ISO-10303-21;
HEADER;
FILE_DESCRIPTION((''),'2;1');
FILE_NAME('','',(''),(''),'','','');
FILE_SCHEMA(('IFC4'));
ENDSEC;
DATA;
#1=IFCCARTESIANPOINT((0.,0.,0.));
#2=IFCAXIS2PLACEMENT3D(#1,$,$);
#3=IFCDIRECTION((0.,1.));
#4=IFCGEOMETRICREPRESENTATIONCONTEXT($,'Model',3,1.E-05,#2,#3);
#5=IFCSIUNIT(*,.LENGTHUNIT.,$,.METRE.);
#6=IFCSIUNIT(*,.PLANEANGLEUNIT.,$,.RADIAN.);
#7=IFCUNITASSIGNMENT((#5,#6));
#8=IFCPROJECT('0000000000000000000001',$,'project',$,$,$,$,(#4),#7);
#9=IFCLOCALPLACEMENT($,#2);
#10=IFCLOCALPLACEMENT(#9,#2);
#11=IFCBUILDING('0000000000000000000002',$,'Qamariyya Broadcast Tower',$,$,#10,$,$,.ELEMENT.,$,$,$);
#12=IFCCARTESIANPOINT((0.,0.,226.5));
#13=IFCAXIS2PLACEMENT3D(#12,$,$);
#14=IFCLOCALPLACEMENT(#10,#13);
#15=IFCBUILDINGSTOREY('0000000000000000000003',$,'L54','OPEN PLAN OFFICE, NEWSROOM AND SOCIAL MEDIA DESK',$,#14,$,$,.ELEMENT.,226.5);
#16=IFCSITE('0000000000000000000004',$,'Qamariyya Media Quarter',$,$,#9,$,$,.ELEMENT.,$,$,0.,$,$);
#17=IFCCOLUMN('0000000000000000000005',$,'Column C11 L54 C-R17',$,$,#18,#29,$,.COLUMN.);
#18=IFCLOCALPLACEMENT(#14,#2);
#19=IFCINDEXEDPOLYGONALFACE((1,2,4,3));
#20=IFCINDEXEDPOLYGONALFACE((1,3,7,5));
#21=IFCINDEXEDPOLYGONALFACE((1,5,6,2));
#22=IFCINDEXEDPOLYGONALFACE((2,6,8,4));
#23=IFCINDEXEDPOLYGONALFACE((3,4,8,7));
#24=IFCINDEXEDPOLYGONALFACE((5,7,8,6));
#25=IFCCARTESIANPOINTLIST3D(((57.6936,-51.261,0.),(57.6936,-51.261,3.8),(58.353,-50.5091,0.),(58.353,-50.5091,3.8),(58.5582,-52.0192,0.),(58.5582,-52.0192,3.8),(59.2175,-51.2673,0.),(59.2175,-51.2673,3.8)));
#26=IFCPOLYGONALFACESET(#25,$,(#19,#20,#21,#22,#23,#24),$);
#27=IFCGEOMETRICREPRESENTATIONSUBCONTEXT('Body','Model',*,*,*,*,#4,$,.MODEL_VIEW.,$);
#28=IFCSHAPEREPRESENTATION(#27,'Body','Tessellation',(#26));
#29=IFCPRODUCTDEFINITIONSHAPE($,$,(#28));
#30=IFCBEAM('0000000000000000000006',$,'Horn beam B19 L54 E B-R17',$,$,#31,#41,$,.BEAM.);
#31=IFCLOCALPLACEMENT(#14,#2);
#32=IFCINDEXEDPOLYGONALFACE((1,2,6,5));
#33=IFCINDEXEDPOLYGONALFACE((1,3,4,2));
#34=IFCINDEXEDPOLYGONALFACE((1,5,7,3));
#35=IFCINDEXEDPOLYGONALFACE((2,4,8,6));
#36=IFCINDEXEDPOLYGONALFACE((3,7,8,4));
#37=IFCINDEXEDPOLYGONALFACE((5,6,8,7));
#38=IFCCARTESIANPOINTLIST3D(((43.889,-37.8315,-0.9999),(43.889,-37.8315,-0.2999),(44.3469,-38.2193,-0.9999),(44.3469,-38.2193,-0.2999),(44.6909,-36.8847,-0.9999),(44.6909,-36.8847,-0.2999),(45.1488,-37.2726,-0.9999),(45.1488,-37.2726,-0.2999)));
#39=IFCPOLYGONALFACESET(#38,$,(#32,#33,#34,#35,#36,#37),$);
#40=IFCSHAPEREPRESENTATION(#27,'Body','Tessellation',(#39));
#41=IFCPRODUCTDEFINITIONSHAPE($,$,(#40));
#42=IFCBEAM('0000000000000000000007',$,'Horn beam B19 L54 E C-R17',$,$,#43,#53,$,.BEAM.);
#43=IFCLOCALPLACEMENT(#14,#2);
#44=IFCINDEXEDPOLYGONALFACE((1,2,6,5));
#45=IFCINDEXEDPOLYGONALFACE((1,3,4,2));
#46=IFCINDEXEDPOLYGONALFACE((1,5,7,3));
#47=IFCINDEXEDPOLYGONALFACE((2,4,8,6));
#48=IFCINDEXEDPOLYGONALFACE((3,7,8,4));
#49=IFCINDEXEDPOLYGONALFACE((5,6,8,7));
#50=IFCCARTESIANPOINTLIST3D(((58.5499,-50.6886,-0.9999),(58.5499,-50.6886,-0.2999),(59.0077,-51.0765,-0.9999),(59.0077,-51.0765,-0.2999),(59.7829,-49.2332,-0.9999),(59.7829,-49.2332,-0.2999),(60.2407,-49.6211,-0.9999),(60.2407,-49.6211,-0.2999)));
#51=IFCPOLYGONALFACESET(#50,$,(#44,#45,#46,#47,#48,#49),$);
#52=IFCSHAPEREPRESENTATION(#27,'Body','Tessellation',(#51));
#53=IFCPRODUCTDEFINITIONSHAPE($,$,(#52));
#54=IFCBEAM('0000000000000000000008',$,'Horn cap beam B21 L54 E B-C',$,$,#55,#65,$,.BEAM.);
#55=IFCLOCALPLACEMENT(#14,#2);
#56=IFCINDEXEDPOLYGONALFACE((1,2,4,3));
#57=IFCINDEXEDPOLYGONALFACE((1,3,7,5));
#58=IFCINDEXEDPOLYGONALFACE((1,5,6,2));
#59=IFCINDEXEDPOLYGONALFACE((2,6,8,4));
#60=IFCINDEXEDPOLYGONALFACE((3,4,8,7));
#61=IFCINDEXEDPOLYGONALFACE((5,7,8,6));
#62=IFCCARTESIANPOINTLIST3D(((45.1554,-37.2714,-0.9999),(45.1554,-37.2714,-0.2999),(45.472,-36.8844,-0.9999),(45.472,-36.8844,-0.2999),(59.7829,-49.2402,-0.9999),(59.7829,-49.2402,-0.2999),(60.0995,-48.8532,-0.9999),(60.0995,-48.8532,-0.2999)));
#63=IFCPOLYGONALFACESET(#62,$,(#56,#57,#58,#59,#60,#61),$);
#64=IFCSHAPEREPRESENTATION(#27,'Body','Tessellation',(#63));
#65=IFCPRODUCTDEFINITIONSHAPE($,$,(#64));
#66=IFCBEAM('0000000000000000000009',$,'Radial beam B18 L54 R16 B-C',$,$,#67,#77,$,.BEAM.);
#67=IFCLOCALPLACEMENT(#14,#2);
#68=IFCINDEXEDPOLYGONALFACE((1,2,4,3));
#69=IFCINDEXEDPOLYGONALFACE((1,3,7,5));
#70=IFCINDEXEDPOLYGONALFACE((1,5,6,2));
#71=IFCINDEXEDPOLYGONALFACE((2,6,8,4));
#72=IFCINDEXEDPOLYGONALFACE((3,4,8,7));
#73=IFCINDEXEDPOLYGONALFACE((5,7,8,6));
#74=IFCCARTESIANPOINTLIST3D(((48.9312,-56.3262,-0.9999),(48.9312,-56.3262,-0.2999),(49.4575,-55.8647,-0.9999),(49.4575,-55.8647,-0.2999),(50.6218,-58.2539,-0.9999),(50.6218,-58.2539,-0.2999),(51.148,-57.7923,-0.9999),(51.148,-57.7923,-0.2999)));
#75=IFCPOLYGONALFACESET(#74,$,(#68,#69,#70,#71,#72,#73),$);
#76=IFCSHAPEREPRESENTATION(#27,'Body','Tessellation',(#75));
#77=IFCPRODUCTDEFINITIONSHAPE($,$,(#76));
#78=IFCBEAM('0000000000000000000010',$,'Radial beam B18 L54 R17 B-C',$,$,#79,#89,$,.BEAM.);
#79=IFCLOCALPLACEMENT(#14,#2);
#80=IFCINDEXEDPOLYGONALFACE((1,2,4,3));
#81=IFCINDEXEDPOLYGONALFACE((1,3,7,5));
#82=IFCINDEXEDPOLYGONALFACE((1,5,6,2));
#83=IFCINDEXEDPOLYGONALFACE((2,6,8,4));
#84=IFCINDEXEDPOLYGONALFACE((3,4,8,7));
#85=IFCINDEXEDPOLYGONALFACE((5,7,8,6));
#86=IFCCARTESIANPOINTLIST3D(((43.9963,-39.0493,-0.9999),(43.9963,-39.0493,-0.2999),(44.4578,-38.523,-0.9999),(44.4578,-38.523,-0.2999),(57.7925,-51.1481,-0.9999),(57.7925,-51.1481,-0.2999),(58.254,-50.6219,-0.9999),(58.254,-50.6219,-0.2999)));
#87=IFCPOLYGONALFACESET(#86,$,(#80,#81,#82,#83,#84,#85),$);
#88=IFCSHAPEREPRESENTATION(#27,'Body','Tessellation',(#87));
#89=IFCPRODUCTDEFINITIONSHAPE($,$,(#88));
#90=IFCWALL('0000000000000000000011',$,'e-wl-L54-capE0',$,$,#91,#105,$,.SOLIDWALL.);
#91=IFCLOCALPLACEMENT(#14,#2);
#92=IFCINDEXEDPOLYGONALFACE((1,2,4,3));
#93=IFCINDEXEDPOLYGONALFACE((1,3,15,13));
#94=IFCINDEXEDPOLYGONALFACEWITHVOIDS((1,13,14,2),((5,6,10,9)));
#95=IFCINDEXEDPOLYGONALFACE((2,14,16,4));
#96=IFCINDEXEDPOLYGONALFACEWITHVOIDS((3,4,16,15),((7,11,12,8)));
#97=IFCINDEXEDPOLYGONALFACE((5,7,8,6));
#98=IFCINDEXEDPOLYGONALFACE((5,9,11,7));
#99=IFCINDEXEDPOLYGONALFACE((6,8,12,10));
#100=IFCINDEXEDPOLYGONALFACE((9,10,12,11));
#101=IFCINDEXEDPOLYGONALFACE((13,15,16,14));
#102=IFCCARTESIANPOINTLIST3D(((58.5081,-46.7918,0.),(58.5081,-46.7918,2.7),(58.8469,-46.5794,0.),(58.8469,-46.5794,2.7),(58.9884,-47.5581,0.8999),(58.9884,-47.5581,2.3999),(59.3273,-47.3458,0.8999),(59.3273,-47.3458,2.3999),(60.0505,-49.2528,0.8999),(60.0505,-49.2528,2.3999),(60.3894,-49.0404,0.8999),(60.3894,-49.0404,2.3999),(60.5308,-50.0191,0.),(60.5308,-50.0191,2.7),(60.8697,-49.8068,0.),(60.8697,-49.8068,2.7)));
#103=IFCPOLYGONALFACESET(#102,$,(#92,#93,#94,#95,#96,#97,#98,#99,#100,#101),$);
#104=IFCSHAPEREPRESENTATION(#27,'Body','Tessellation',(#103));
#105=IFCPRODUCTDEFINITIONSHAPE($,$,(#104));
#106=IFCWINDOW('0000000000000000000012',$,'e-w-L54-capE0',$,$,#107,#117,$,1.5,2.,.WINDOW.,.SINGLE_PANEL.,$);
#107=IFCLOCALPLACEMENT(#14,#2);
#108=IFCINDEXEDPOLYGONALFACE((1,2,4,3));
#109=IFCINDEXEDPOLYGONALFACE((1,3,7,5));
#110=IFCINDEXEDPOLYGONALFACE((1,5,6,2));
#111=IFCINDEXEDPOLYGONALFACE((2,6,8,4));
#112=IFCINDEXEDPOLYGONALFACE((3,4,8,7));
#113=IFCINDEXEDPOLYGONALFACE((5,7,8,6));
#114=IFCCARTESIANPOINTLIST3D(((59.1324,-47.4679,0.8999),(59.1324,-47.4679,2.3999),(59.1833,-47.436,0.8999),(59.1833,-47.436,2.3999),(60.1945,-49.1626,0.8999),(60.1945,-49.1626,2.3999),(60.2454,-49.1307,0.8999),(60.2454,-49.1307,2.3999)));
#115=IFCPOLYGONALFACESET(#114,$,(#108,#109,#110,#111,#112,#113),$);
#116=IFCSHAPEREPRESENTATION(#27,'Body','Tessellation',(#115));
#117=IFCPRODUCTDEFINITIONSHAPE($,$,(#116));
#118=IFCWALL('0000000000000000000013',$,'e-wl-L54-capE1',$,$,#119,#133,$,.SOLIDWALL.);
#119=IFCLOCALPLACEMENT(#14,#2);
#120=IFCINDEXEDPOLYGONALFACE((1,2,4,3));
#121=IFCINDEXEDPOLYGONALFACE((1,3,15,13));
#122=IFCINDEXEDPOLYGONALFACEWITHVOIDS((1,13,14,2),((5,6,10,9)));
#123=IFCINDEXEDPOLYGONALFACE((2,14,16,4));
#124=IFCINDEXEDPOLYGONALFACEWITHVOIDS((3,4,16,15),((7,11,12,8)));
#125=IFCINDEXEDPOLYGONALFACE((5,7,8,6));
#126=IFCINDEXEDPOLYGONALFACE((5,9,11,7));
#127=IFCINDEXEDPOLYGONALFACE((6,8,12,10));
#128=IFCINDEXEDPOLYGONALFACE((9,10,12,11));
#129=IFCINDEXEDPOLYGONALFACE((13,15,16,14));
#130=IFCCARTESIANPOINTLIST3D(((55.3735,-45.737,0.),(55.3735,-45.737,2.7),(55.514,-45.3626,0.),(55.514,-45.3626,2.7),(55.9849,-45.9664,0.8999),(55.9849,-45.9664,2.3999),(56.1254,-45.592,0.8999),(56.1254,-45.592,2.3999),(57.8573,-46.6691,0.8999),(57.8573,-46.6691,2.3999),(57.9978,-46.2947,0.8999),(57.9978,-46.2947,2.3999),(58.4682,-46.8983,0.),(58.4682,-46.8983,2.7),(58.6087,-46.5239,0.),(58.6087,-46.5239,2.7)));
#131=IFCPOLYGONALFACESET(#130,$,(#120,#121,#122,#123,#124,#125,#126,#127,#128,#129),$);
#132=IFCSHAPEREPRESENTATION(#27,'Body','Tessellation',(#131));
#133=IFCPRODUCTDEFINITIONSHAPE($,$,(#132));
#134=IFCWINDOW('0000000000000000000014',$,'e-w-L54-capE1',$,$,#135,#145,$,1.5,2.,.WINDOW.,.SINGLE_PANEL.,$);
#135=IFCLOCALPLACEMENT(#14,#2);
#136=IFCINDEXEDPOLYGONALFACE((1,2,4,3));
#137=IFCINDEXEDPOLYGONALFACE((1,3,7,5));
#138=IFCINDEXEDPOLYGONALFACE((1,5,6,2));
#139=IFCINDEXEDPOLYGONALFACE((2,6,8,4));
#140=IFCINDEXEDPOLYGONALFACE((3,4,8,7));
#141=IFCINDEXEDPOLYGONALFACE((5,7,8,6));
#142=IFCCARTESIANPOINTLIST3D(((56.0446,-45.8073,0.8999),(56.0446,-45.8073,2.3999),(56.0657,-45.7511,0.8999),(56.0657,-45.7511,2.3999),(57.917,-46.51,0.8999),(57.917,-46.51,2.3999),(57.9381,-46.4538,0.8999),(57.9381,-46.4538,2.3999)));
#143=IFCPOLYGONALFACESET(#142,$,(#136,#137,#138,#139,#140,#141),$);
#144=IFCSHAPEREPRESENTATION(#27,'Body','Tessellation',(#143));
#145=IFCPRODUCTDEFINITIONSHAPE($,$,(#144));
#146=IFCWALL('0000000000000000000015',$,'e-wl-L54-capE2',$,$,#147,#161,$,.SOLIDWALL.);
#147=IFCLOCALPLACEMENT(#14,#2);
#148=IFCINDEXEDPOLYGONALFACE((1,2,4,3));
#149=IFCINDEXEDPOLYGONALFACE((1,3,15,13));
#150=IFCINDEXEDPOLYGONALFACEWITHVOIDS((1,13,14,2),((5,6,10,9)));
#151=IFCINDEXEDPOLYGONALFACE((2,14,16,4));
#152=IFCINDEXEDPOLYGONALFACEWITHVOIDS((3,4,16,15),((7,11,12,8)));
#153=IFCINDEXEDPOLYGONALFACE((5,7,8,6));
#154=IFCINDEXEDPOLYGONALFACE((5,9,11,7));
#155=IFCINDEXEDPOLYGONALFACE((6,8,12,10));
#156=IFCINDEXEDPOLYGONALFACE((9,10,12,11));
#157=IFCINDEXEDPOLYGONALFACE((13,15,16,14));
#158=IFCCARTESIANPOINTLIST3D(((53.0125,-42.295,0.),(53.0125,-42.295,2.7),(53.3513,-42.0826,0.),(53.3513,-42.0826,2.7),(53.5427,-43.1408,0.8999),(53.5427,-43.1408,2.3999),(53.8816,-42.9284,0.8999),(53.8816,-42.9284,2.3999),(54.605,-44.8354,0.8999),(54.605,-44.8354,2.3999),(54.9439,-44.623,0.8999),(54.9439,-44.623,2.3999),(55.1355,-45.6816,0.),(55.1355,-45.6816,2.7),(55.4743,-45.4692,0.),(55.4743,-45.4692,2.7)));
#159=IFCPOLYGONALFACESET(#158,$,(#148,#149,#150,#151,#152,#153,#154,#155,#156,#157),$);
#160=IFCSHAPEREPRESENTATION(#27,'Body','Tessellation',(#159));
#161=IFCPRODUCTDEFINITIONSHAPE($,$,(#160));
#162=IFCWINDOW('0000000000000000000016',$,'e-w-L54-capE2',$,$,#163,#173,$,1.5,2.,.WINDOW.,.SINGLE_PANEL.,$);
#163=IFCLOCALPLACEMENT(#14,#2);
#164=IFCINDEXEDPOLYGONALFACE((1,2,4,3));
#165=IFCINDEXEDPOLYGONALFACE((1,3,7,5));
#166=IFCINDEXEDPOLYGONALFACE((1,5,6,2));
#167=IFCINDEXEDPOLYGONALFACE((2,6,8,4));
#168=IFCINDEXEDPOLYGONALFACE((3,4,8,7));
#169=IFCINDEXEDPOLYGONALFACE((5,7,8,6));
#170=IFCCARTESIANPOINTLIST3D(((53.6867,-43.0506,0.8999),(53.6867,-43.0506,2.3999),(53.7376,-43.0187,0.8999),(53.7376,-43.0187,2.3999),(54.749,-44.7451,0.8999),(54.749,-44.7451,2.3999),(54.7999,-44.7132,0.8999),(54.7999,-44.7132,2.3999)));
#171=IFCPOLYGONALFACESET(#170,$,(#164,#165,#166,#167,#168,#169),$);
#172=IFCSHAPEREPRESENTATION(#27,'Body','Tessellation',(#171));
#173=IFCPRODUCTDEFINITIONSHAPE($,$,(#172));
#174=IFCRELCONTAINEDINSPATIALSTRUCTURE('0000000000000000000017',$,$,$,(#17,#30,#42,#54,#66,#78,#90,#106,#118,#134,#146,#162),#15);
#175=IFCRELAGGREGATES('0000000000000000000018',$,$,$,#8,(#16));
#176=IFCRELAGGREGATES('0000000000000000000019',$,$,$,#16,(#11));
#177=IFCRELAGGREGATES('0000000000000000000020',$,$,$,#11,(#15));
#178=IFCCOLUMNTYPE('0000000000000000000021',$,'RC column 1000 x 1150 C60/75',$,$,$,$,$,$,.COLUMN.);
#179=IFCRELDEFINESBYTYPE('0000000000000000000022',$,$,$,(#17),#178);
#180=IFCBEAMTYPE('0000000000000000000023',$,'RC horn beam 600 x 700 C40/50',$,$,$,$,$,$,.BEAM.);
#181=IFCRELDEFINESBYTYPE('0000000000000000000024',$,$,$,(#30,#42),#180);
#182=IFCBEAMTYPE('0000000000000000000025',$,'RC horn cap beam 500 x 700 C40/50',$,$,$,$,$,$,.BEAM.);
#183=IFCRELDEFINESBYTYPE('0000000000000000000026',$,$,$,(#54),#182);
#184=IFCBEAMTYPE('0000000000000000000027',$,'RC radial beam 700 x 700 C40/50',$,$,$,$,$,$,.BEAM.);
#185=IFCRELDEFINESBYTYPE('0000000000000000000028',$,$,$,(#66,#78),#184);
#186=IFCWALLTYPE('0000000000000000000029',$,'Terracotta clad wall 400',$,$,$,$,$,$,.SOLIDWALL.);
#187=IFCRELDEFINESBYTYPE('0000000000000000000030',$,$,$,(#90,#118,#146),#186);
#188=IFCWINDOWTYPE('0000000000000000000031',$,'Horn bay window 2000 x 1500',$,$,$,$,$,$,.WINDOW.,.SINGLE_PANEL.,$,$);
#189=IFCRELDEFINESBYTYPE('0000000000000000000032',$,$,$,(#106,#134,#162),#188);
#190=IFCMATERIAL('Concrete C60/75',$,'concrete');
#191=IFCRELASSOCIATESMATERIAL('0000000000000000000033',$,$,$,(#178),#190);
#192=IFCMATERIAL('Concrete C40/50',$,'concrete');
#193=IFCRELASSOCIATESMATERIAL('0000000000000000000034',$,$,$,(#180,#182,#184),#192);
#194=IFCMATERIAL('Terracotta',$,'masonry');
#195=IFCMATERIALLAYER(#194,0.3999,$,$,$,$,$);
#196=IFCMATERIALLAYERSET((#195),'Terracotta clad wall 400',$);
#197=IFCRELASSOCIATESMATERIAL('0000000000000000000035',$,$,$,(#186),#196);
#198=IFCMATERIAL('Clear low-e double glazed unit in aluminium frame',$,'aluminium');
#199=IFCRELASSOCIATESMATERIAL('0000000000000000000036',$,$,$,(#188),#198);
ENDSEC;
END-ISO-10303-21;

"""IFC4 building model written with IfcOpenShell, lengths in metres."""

from ifc_helpers import new_model, si_unit, direction, frame, frame_2d, origin, origin_2d, place, context, subcontext, project, spatial, rectangle, extrude, material, layer, layer_set, material_profile, profile_set, type_object, element, fill, save


model = new_model("IFC4")

# Units and contexts
model_context = context("Model", 3, precision=1e-05, world=origin(), true_north=direction((0.0, 1.0)))
body_context = subcontext(model_context, "Body", "Model", "MODEL_VIEW")
ifc_project = project(units=[si_unit("LENGTHUNIT", "METRE"), si_unit("PLANEANGLEUNIT", "RADIAN")], contexts=[model_context])

# Site, building, storey
site_placement = place(None, origin())
site = spatial("IfcSite", under=ifc_project, at=site_placement, Name="Qamariyya Media Quarter", CompositionType="ELEMENT", RefElevation=0.0)
building_placement = place(site_placement, origin())
building = spatial("IfcBuilding", under=site, at=building_placement, Name="Qamariyya Broadcast Tower", CompositionType="ELEMENT")
storey_placement = place(building_placement, frame((0.0, 0.0, 226.5)))
storey = spatial("IfcBuildingStorey", under=building, at=storey_placement, Name="L54", Description="OPEN PLAN OFFICE, NEWSROOM AND SOCIAL MEDIA DESK", CompositionType="ELEMENT", Elevation=226.5)

# Column
ifc_material_1 = material(Name="Concrete C60/75", Category="concrete")
ifc_material_profile_1 = material_profile(ifc_material_1, rectangle(XDim=1.0, YDim=1.1499, at=origin_2d()))
ifc_profile_set_1 = profile_set([ifc_material_profile_1], Name="Concrete C60/75")
column_type = type_object("IfcColumnType", Name="RC column 1000 x 1150 C60/75", PredefinedType="COLUMN", material=ifc_profile_set_1)
column_placement = place(storey_placement, frame((58.4556, -51.2642, 0.0), z_axis=(0.0, 0.0, 1.0), x_axis=(0.659346, 0.75184, 0.0)))
element("IfcColumn", 1, at=column_placement, inside=storey, type_object=column_type, Name="Column C11 L54 C-R17", PredefinedType="COLUMN", context=body_context, shape_type="SweptSolid", body=[
    extrude(rectangle(XDim=1.0, YDim=1.1499, at=origin_2d()), origin(), (0.0, 0.0, 1.0), 3.8),
])

# Beams
ifc_material_2 = material(Name="Concrete C40/50", Category="concrete")
ifc_material_profile_2 = material_profile(ifc_material_2, rectangle(XDim=0.6001, YDim=0.7, at=origin_2d()))
ifc_profile_set_2 = profile_set([ifc_material_profile_2], Name="Concrete C40/50")
beam_type_1 = type_object("IfcBeamType", Name="RC horn beam 600 x 700 C40/50", PredefinedType="BEAM", material=ifc_profile_set_2)
beam_1_placement = place(storey_placement, frame((44.1179, -38.0254, -0.6499), z_axis=(0.646357, 0.763035, 0.0), x_axis=(-0.763035, 0.646357, 0.0)))
element("IfcBeam", 2, at=beam_1_placement, inside=storey, type_object=beam_type_1, Name="Horn beam B19 L54 E B-R17", PredefinedType="BEAM", context=body_context, shape_type="SweptSolid", body=[
    extrude(rectangle(XDim=0.6001, YDim=0.7, at=origin_2d()), origin(), (0.0, 0.0, 1.0), 1.2407),
])
beam_2_placement = place(storey_placement, frame((58.7788, -50.8826, -0.6499), z_axis=(0.646395, 0.763003, 0.0), x_axis=(-0.763003, 0.646395, 0.0)))
element("IfcBeam", 3, at=beam_2_placement, inside=storey, type_object=beam_type_1, Name="Horn beam B19 L54 E C-R17", PredefinedType="BEAM", context=body_context, shape_type="SweptSolid", body=[
    extrude(rectangle(XDim=0.6001, YDim=0.7, at=origin_2d()), origin(), (0.0, 0.0, 1.0), 1.9075),
])
ifc_material_profile_3 = material_profile(ifc_material_2, rectangle(XDim=0.5, YDim=0.7, at=origin_2d()))
ifc_profile_set_3 = profile_set([ifc_material_profile_3], Name="Concrete C40/50")
beam_type_2 = type_object("IfcBeamType", Name="RC horn cap beam 500 x 700 C40/50", PredefinedType="BEAM", material=ifc_profile_set_3)
beam_3_placement = place(storey_placement, frame((45.3137, -37.0779, -0.6499), z_axis=(0.773935, -0.633265, 0.0), x_axis=(0.633265, 0.773935, 0.0)))
element("IfcBeam", 4, at=beam_3_placement, inside=storey, type_object=beam_type_2, Name="Horn cap beam B21 L54 E B-C", PredefinedType="BEAM", context=body_context, shape_type="SweptSolid", body=[
    extrude(rectangle(XDim=0.5, YDim=0.7, at=origin_2d()), origin(), (0.0, 0.0, 1.0), 18.9001),
])
ifc_material_profile_4 = material_profile(ifc_material_2, rectangle(XDim=0.7, YDim=0.7, at=origin_2d()))
ifc_profile_set_4 = profile_set([ifc_material_profile_4], Name="Concrete C40/50")
beam_type_3 = type_object("IfcBeamType", Name="RC radial beam 700 x 700 C40/50", PredefinedType="BEAM", material=ifc_profile_set_4)
beam_4_placement = place(storey_placement, frame((49.1943, -56.0955, -0.6499), z_axis=(0.659367, -0.751821, 0.0), x_axis=(0.751821, 0.659367, 0.0)))
element("IfcBeam", 5, at=beam_4_placement, inside=storey, type_object=beam_type_3, Name="Radial beam B18 L54 R16 B-C", PredefinedType="BEAM", context=body_context, shape_type="SweptSolid", body=[
    extrude(rectangle(XDim=0.7, YDim=0.7, at=origin_2d()), origin(), (0.0, 0.0, 1.0), 2.564),
])
beam_5_placement = place(storey_placement, frame((44.2271, -38.7861, -0.6499), z_axis=(0.75184, -0.659345, 0.0), x_axis=(0.659345, 0.75184, 0.0)))
element("IfcBeam", 6, at=beam_5_placement, inside=storey, type_object=beam_type_3, Name="Radial beam B18 L54 R17 B-C", PredefinedType="BEAM", context=body_context, shape_type="SweptSolid", body=[
    extrude(rectangle(XDim=0.7, YDim=0.7, at=origin_2d()), origin(), (0.0, 0.0, 1.0), 18.3499),
])

# Walls, openings, windows
ifc_material_3 = material(Name="Terracotta", Category="masonry")
ifc_layer = layer(ifc_material_3, 0.3999)
ifc_layer_set = layer_set([ifc_layer], Name="Terracotta clad wall 400")
wall_type = type_object("IfcWallType", Name="Terracotta clad wall 400", PredefinedType="SOLIDWALL", material=ifc_layer_set)
wall_1_placement = place(storey_placement, frame((60.7002, -49.9128, 0.0), z_axis=(0.0, 0.0, 1.0), x_axis=(-0.531064, 0.847331, 0.0)))
wall_1 = element("IfcWall", 7, at=wall_1_placement, inside=storey, type_object=wall_type, Name="e-wl-L54-capE0", PredefinedType="SOLIDWALL", context=body_context, shape_type="SweptSolid", body=[
    extrude(rectangle(XDim=3.8088, YDim=0.3999, at=frame_2d((1.9043, 0.0))), origin(), (0.0, 0.0, 1.0), 2.7),
])
opening_1_placement = place(wall_1_placement, frame((0.9043, 0.0, 0.8999)))
opening_1 = element("IfcOpeningElement", 8, at=opening_1_placement, cuts=wall_1, PredefinedType="OPENING", context=body_context, shape_type="SweptSolid", body=[
    extrude(rectangle(XDim=2.0, YDim=1.5, at=frame_2d((1.0, 0.75))), frame((0.0, 0.21, 0.0), z_axis=(0.0, -1.0, 0.0), x_axis=(1.0, 0.0, 0.0)), (0.0, 0.0, 1.0), 0.4199),
])
ifc_material_4 = material(Name="Clear low-e double glazed unit in aluminium frame", Category="aluminium")
window_type = type_object("IfcWindowType", Name="Horn bay window 2000 x 1500", PartitioningType="SINGLE_PANEL", PredefinedType="WINDOW", material=ifc_material_4)
window_1_placement = place(opening_1_placement, origin())
window_1 = element("IfcWindow", 9, at=window_1_placement, inside=storey, type_object=window_type, Name="e-w-L54-capE0", OverallHeight=1.5, OverallWidth=2.0, PartitioningType="SINGLE_PANEL", PredefinedType="WINDOW", context=body_context, shape_type="SweptSolid", body=[
    extrude(rectangle(XDim=2.0, YDim=1.5, at=frame_2d((1.0, 0.75))), frame((0.0, 0.03, 0.0), z_axis=(0.0, -1.0, 0.0), x_axis=(1.0, 0.0, 0.0)), (0.0, 0.0, 1.0), 0.0601),
])
fill(opening_1, window_1)
wall_2_placement = place(storey_placement, frame((58.5386, -46.7112, 0.0), z_axis=(0.0, 0.0, 1.0), x_axis=(-0.936244, 0.35135, 0.0)))
wall_2 = element("IfcWall", 10, at=wall_2_placement, inside=storey, type_object=wall_type, Name="e-wl-L54-capE1", PredefinedType="SOLIDWALL", context=body_context, shape_type="SweptSolid", body=[
    extrude(rectangle(XDim=3.3054, YDim=0.3999, at=frame_2d((1.6528, 0.0))), origin(), (0.0, 0.0, 1.0), 2.7),
])
opening_2_placement = place(wall_2_placement, frame((0.6526, 0.0, 0.8999)))
opening_2 = element("IfcOpeningElement", 11, at=opening_2_placement, cuts=wall_2, PredefinedType="OPENING", context=body_context, shape_type="SweptSolid", body=[
    extrude(rectangle(XDim=2.0, YDim=1.5, at=frame_2d((1.0, 0.75))), frame((0.0, 0.21, 0.0), z_axis=(0.0, -1.0, 0.0), x_axis=(1.0, 0.0, 0.0)), (0.0, 0.0, 1.0), 0.4199),
])
window_2_placement = place(opening_2_placement, origin())
window_2 = element("IfcWindow", 12, at=window_2_placement, inside=storey, type_object=window_type, Name="e-w-L54-capE1", OverallHeight=1.5, OverallWidth=2.0, PartitioningType="SINGLE_PANEL", PredefinedType="WINDOW", context=body_context, shape_type="SweptSolid", body=[
    extrude(rectangle(XDim=2.0, YDim=1.5, at=frame_2d((1.0, 0.75))), frame((0.0, 0.03, 0.0), z_axis=(0.0, -1.0, 0.0), x_axis=(1.0, 0.0, 0.0)), (0.0, 0.0, 1.0), 0.0601),
])
fill(opening_2, window_2)
wall_3_placement = place(storey_placement, frame((55.3049, -45.5754, 0.0), z_axis=(0.0, 0.0, 1.0), x_axis=(-0.53114, 0.847284, 0.0)))
wall_3 = element("IfcWall", 13, at=wall_3_placement, inside=storey, type_object=wall_type, Name="e-wl-L54-capE2", PredefinedType="SOLIDWALL", context=body_context, shape_type="SweptSolid", body=[
    extrude(rectangle(XDim=3.9971, YDim=0.3999, at=frame_2d((1.9985, 0.0))), origin(), (0.0, 0.0, 1.0), 2.7),
])
opening_3_placement = place(wall_3_placement, frame((0.9988, 0.0, 0.8999)))
opening_3 = element("IfcOpeningElement", 14, at=opening_3_placement, cuts=wall_3, PredefinedType="OPENING", context=body_context, shape_type="SweptSolid", body=[
    extrude(rectangle(XDim=2.0, YDim=1.5, at=frame_2d((1.0, 0.75))), frame((0.0, 0.21, 0.0), z_axis=(0.0, -1.0, 0.0), x_axis=(1.0, 0.0, 0.0)), (0.0, 0.0, 1.0), 0.4199),
])
window_3_placement = place(opening_3_placement, origin())
window_3 = element("IfcWindow", 15, at=window_3_placement, inside=storey, type_object=window_type, Name="e-w-L54-capE2", OverallHeight=1.5, OverallWidth=2.0, PartitioningType="SINGLE_PANEL", PredefinedType="WINDOW", context=body_context, shape_type="SweptSolid", body=[
    extrude(rectangle(XDim=2.0, YDim=1.5, at=frame_2d((1.0, 0.75))), frame((0.0, 0.03, 0.0), z_axis=(0.0, -1.0, 0.0), x_axis=(1.0, 0.0, 0.0)), (0.0, 0.0, 1.0), 0.0601),
])
fill(opening_3, window_3)

save(model, "model.ifc")
